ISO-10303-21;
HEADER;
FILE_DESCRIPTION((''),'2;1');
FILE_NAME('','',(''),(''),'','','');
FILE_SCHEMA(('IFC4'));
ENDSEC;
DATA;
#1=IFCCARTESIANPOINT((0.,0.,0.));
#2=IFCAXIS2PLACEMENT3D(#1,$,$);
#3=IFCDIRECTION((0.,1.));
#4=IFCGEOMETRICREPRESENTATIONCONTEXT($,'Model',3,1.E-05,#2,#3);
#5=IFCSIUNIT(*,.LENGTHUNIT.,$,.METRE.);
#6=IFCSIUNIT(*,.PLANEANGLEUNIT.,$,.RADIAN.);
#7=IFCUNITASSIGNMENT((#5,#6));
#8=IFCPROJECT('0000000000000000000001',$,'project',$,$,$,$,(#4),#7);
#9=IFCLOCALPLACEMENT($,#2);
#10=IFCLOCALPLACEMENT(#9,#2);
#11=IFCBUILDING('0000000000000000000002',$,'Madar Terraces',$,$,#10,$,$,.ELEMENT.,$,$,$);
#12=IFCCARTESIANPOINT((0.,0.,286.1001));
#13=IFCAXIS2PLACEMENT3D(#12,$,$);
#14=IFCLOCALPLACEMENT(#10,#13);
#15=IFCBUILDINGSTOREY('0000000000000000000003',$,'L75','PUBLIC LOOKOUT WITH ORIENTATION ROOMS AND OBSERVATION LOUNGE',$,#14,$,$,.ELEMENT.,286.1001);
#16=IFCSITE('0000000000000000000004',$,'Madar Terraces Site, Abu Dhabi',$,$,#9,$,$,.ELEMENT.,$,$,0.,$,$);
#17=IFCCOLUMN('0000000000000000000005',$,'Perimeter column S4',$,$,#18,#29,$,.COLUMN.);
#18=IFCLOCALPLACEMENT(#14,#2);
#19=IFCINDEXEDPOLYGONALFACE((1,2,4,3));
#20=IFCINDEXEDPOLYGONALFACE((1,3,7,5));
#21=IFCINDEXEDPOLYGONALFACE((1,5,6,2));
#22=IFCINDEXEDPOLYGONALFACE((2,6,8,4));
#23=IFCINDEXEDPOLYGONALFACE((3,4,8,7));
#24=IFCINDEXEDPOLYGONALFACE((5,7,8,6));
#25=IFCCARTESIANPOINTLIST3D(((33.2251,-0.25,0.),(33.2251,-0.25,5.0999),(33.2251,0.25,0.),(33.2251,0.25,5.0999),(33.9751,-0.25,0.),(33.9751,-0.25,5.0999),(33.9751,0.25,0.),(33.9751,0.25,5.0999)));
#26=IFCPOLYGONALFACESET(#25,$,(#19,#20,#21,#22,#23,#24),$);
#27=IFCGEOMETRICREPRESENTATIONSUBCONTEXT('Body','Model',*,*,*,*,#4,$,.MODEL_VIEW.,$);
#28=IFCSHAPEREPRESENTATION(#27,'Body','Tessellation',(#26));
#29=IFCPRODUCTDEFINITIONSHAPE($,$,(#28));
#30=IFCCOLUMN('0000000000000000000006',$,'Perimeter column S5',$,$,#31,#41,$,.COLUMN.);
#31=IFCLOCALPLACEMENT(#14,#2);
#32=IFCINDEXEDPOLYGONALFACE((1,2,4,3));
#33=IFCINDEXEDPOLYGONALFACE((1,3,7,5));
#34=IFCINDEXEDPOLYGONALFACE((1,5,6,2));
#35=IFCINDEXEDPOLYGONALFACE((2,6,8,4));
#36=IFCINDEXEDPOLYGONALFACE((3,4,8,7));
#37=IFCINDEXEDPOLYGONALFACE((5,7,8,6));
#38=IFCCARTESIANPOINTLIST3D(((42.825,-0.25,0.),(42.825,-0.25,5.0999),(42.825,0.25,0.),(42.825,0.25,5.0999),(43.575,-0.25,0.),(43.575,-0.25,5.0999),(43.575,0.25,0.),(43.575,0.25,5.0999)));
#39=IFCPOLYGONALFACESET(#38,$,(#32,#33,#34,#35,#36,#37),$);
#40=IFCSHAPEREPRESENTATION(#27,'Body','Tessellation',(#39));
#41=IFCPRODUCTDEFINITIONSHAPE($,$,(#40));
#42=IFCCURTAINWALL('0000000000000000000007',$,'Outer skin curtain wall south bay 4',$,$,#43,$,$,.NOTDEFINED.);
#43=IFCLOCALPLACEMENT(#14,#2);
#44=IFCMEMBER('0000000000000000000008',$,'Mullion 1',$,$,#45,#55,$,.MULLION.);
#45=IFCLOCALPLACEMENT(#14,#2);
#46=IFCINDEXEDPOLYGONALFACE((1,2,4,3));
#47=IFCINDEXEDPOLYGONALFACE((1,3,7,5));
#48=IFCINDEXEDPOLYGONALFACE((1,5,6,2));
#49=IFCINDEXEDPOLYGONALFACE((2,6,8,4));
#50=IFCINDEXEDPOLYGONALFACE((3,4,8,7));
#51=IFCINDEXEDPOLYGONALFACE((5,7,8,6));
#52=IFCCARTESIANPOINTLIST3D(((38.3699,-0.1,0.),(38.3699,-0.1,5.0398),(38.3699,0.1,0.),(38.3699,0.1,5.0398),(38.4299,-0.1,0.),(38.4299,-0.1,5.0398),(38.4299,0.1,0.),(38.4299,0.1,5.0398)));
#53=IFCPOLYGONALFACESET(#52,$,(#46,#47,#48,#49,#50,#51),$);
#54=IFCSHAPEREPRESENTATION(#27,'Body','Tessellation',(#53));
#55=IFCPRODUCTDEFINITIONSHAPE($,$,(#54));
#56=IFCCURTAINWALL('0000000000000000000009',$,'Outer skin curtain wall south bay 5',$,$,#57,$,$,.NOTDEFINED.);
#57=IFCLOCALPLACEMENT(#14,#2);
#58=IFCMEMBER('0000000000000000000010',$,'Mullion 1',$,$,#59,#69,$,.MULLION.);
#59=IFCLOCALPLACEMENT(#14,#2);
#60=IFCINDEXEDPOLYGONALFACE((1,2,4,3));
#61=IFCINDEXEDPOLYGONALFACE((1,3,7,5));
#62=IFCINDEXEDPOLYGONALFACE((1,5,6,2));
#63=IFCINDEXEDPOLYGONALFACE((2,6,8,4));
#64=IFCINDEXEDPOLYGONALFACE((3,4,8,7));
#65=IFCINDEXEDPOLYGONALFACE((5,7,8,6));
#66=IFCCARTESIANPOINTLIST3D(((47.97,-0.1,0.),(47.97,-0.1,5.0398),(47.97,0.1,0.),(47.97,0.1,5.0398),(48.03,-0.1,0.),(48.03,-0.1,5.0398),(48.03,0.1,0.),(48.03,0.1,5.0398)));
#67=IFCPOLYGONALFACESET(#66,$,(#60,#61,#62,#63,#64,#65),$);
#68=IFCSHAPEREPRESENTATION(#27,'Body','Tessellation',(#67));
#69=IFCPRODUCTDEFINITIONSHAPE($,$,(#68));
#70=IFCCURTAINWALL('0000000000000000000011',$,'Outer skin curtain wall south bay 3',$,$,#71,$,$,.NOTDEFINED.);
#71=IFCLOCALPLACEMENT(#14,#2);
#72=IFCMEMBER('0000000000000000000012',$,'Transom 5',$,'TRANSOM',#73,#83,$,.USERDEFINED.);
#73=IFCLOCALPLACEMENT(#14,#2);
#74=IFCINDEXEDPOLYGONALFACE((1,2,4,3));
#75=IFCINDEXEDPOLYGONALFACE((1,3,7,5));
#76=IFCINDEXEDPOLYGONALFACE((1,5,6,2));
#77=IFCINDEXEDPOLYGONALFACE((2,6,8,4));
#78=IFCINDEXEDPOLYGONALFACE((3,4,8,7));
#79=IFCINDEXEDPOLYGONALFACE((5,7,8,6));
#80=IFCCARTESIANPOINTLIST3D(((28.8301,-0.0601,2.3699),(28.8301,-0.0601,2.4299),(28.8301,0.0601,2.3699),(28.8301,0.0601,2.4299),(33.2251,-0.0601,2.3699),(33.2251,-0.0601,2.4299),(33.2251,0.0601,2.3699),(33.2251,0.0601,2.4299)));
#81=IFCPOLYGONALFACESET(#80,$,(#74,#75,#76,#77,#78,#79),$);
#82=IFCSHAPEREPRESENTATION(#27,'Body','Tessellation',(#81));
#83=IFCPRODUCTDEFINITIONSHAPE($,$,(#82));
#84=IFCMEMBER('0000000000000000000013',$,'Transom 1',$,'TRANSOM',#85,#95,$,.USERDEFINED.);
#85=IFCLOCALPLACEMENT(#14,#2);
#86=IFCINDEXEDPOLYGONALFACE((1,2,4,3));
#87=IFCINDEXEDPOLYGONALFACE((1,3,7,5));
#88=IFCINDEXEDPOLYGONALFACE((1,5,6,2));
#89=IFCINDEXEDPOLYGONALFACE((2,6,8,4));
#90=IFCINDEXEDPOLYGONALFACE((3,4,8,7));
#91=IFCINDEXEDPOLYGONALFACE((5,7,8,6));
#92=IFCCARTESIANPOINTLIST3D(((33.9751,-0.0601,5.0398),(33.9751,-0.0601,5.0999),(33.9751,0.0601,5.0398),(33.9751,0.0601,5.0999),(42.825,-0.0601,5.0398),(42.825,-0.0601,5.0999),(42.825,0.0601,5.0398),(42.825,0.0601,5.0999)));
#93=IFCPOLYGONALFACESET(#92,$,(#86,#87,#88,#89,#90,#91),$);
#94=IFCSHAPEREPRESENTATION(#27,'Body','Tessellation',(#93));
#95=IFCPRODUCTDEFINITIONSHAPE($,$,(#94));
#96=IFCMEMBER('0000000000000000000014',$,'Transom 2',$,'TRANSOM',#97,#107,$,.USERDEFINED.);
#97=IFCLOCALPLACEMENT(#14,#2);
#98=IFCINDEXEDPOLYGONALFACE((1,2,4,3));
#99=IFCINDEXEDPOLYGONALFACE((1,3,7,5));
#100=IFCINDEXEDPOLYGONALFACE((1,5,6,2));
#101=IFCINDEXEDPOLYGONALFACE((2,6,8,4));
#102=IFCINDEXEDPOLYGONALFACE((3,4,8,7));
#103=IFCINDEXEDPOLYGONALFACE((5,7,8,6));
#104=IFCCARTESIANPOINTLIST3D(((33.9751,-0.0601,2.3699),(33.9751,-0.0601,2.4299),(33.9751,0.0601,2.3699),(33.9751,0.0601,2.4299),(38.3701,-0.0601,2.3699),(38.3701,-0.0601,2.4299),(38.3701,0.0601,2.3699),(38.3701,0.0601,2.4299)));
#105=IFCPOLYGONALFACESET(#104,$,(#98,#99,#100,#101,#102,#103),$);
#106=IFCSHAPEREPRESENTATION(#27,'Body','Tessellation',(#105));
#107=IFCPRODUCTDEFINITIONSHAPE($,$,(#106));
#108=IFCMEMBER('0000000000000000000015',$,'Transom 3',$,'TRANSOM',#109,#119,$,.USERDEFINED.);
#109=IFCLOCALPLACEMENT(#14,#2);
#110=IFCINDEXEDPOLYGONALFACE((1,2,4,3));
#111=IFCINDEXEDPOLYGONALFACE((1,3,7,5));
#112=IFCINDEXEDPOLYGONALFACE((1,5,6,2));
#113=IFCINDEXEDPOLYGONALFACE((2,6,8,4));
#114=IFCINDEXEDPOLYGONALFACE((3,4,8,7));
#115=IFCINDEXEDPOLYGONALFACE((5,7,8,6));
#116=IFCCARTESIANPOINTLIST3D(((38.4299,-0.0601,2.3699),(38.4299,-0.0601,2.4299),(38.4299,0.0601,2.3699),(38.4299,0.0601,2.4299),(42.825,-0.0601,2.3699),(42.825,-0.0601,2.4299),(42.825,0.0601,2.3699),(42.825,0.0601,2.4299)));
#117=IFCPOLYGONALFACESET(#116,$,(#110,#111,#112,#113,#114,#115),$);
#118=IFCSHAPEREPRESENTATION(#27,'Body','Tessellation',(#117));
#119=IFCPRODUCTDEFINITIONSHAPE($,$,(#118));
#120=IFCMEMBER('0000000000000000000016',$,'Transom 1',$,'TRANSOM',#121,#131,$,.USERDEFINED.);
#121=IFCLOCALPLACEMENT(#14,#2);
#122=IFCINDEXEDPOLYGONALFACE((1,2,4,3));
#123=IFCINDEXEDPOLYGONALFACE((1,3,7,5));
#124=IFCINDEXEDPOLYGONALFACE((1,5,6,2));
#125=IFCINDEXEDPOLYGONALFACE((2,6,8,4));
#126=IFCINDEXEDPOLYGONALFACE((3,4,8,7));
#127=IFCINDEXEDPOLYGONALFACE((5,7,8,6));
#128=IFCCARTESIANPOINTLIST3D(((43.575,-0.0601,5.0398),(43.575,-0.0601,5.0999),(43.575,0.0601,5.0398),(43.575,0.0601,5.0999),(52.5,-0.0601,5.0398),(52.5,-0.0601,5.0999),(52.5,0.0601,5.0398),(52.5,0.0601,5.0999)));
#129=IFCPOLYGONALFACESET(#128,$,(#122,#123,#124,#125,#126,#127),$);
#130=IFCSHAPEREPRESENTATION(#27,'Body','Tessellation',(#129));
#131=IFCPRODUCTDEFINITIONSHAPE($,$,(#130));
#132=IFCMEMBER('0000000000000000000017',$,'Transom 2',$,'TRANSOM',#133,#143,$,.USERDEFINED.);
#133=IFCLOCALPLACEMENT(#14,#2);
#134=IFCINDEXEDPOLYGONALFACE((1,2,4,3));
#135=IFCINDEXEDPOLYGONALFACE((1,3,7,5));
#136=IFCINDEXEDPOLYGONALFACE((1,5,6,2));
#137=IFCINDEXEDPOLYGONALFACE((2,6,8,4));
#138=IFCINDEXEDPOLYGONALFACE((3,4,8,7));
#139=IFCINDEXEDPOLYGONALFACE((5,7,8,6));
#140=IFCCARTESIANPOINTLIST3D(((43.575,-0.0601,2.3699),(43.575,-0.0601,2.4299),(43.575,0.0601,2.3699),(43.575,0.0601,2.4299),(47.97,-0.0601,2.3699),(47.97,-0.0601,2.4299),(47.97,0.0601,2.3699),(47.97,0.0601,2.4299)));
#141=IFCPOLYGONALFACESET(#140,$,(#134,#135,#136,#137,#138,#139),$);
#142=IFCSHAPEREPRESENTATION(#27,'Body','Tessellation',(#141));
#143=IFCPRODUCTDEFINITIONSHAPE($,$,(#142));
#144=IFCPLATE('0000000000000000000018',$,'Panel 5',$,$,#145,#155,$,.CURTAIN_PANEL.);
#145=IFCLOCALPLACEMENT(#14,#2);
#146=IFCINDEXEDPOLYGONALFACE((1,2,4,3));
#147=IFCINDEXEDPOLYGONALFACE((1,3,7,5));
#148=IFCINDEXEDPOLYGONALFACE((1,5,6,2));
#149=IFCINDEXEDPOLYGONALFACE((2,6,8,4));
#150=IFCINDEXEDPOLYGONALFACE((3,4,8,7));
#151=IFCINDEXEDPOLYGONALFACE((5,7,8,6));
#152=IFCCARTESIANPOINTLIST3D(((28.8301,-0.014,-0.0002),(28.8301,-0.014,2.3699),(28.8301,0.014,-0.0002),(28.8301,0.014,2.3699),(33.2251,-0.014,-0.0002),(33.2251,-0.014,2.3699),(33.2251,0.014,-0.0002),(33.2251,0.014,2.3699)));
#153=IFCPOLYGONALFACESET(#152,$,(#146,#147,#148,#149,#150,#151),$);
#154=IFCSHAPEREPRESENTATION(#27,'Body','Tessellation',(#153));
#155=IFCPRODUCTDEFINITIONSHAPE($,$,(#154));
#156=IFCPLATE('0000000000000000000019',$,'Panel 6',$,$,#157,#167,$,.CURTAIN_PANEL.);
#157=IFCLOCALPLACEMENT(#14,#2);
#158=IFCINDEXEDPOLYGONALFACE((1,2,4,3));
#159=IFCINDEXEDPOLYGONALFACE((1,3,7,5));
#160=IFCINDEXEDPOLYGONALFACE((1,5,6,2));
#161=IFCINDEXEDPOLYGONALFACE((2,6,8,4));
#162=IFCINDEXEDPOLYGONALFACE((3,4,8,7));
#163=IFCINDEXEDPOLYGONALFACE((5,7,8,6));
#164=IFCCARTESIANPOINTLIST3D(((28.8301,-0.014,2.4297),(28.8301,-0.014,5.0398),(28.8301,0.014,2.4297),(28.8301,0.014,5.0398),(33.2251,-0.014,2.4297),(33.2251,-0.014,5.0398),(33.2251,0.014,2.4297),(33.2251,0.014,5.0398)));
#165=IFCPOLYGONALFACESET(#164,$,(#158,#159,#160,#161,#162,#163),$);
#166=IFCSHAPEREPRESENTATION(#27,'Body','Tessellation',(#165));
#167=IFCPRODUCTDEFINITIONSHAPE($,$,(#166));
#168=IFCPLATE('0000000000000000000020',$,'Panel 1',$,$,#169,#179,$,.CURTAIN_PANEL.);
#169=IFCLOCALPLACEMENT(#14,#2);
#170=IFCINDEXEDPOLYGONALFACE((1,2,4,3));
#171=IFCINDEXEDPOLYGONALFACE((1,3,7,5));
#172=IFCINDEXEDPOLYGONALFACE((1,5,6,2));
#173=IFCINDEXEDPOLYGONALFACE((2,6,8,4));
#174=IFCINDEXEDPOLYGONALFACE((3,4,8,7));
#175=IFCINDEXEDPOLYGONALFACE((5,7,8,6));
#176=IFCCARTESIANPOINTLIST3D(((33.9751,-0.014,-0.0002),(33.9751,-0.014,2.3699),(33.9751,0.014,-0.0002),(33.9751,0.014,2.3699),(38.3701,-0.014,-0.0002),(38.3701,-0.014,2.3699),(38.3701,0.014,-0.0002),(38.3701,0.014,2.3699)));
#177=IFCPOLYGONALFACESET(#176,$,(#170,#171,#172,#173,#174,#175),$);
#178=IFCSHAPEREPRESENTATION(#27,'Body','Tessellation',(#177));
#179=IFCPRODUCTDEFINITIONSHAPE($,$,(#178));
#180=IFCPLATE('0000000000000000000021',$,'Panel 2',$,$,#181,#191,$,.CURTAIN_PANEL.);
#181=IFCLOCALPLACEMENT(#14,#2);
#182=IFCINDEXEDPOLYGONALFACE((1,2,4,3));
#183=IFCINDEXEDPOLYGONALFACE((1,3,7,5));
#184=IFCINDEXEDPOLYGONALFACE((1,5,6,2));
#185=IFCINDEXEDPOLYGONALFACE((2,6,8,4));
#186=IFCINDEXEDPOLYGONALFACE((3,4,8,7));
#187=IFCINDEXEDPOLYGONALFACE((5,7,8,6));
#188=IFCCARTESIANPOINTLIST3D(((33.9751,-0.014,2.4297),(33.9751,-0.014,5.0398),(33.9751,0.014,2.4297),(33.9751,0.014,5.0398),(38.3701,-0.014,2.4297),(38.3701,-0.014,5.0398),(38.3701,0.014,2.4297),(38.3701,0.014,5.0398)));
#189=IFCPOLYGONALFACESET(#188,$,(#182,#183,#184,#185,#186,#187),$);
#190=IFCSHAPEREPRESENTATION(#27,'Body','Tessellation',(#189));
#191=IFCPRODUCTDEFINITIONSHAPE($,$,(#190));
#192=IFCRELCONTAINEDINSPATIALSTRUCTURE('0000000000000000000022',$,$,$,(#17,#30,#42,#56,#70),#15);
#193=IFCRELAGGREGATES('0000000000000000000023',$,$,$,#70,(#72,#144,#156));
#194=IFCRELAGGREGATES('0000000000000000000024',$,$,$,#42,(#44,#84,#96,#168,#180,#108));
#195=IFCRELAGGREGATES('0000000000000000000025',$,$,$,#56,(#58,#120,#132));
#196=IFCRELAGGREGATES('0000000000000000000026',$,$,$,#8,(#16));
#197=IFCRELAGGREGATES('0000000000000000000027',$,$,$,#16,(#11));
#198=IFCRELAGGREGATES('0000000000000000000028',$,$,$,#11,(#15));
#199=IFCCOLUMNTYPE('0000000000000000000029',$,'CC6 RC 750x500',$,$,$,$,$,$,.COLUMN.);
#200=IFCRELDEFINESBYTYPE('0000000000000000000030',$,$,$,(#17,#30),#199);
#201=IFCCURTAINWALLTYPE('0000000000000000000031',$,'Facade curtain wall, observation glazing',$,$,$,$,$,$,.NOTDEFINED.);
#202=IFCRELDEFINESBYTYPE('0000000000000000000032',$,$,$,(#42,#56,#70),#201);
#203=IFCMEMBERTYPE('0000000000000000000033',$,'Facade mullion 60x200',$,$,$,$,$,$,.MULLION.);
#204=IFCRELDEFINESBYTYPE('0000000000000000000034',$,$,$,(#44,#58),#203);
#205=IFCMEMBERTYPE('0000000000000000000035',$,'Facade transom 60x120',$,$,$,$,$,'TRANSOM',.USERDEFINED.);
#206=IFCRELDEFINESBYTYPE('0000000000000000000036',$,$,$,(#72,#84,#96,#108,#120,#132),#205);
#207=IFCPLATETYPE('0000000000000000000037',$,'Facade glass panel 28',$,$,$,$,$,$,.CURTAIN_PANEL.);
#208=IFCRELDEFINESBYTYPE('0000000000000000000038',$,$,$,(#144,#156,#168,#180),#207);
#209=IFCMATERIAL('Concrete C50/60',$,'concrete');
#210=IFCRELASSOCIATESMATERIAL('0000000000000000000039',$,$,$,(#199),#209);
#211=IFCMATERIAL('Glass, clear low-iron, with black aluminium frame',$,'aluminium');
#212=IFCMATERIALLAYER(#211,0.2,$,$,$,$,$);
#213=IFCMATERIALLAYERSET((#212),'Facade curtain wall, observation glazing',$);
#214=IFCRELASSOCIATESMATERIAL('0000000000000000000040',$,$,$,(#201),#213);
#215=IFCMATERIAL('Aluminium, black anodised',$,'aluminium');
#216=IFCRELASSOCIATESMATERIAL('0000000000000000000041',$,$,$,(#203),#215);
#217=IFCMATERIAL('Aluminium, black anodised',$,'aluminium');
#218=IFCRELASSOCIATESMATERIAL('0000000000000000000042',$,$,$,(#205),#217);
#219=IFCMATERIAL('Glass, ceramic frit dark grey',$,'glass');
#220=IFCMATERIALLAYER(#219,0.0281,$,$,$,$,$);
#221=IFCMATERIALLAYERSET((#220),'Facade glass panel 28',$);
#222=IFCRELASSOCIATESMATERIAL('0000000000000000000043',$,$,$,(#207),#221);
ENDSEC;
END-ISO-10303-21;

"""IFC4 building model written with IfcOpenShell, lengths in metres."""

from ifc_helpers import new_model, si_unit, direction, frame, origin, origin_2d, place, context, subcontext, project, spatial, rectangle, extrude, material, layer, layer_set, material_profile, profile_set, type_object, element, aggregate, save


model = new_model("IFC4")

# Units and contexts
model_context = context("Model", 3, precision=1e-05, world=origin(), true_north=direction((0.0, 1.0)))
body_context = subcontext(model_context, "Body", "Model", "MODEL_VIEW")
ifc_project = project(units=[si_unit("LENGTHUNIT", "METRE"), si_unit("PLANEANGLEUNIT", "RADIAN")], contexts=[model_context])

# Site, building, storey
site_placement = place(None, origin())
site = spatial("IfcSite", under=ifc_project, at=site_placement, Name="Madar Terraces Site, Abu Dhabi", CompositionType="ELEMENT", RefElevation=0.0)
building_placement = place(site_placement, origin())
building = spatial("IfcBuilding", under=site, at=building_placement, Name="Madar Terraces", CompositionType="ELEMENT")
storey_placement = place(building_placement, frame((0.0, 0.0, 286.1001)))
storey = spatial("IfcBuildingStorey", under=building, at=storey_placement, Name="L75", Description="PUBLIC LOOKOUT WITH ORIENTATION ROOMS AND OBSERVATION LOUNGE", CompositionType="ELEMENT", Elevation=286.1001)

# Columns
ifc_material_1 = material(Name="Concrete C50/60", Category="concrete")
ifc_material_profile_1 = material_profile(ifc_material_1, rectangle(XDim=0.75, YDim=0.5, at=origin_2d()), Name="CC6 RC 750x500")
ifc_profile_set_1 = profile_set([ifc_material_profile_1], Name="Concrete C50/60")
column_type = type_object("IfcColumnType", Name="CC6 RC 750x500", PredefinedType="COLUMN", material=ifc_profile_set_1)
for number, where, z_axis, x_axis, name in (
    (1, (33.6001, 0.0, 0.0), (0.0, 0.0, 1.0), (1.0, 0.0, 0.0), "Perimeter column S4"),
    (2, (43.2, 0.0, 0.0), (0.0, 0.0, 1.0), (1.0, 0.0, 0.0), "Perimeter column S5"),
):
    element("IfcColumn", number, at=place(storey_placement, frame(where, z_axis=z_axis, x_axis=x_axis)), inside=storey, type_object=column_type, Name=name, PredefinedType="COLUMN", context=body_context, shape_type="SweptSolid", body=[
        extrude(rectangle(XDim=0.75, YDim=0.5, at=origin_2d()), origin(), (0.0, 0.0, 1.0), 5.0999),
    ])

# Curtain walls, members
ifc_material_2 = material(Name="Glass, clear low-iron, with black aluminium frame", Category="aluminium")
ifc_layer_1 = layer(ifc_material_2, 0.2)
ifc_layer_set_1 = layer_set([ifc_layer_1], Name="Facade curtain wall, observation glazing")
curtain_wall_type = type_object("IfcCurtainWallType", Name="Facade curtain wall, observation glazing", PredefinedType="NOTDEFINED", material=ifc_layer_set_1)
curtain_wall_1_placement = place(storey_placement, origin())
curtain_wall_1 = element("IfcCurtainWall", 3, at=curtain_wall_1_placement, inside=storey, type_object=curtain_wall_type, Name="Outer skin curtain wall south bay 4", PredefinedType="NOTDEFINED")
ifc_material_3 = material(Name="Aluminium, black anodised", Category="aluminium")
ifc_material_profile_2 = material_profile(ifc_material_3, rectangle(XDim=0.2, YDim=0.0601, at=origin_2d()), Name="Facade mullion 60x200")
ifc_profile_set_2 = profile_set([ifc_material_profile_2], Name="Aluminium, black anodised")
member_type_1 = type_object("IfcMemberType", Name="Facade mullion 60x200", PredefinedType="MULLION", material=ifc_profile_set_2)
member_1_placement = place(storey_placement, frame((38.3999, 0.0, 0.0), z_axis=(0.0, 0.0, 1.0), x_axis=(0.0, 1.0, 0.0)))
member_1 = element("IfcMember", 4, at=member_1_placement, type_object=member_type_1, Name="Mullion 1", PredefinedType="MULLION", context=body_context, shape_type="SweptSolid", body=[
    extrude(rectangle(XDim=0.2, YDim=0.0601, at=origin_2d()), origin(), (0.0, 0.0, 1.0), 5.0398),
])
curtain_wall_2_placement = place(storey_placement, origin())
curtain_wall_2 = element("IfcCurtainWall", 5, at=curtain_wall_2_placement, inside=storey, type_object=curtain_wall_type, Name="Outer skin curtain wall south bay 5", PredefinedType="NOTDEFINED")
member_2_placement = place(storey_placement, frame((48.0, 0.0, 0.0), z_axis=(0.0, 0.0, 1.0), x_axis=(0.0, 1.0, 0.0)))
member_2 = element("IfcMember", 6, at=member_2_placement, type_object=member_type_1, Name="Mullion 1", PredefinedType="MULLION", context=body_context, shape_type="SweptSolid", body=[
    extrude(rectangle(XDim=0.2, YDim=0.0601, at=origin_2d()), origin(), (0.0, 0.0, 1.0), 5.0398),
])
curtain_wall_3_placement = place(storey_placement, origin())
curtain_wall_3 = element("IfcCurtainWall", 7, at=curtain_wall_3_placement, inside=storey, type_object=curtain_wall_type, Name="Outer skin curtain wall south bay 3", PredefinedType="NOTDEFINED")
ifc_material_4 = material(Name="Aluminium, black anodised", Category="aluminium")
ifc_material_profile_3 = material_profile(ifc_material_4, rectangle(XDim=0.1201, YDim=0.0601, at=origin_2d()), Name="Facade transom 60x120")
ifc_profile_set_3 = profile_set([ifc_material_profile_3], Name="Aluminium, black anodised")
member_type_2 = type_object("IfcMemberType", Name="Facade transom 60x120", ElementType="TRANSOM", PredefinedType="USERDEFINED", material=ifc_profile_set_3)
member_3_placement = place(storey_placement, frame((28.8301, 0.0, 2.3999), z_axis=(1.0, 0.0, 0.0), x_axis=(0.0, 1.0, 0.0)))
member_3 = element("IfcMember", 8, at=member_3_placement, type_object=member_type_2, Name="Transom 5", ObjectType="TRANSOM", PredefinedType="USERDEFINED", context=body_context, shape_type="SweptSolid", body=[
    extrude(rectangle(XDim=0.1201, YDim=0.0601, at=origin_2d()), origin(), (0.0, 0.0, 1.0), 4.395),
])

# Members
member_4_placement = place(storey_placement, frame((33.9751, 0.0, 5.0698), z_axis=(1.0, 0.0, 0.0), x_axis=(0.0, 1.0, 0.0)))
member_4 = element("IfcMember", 9, at=member_4_placement, type_object=member_type_2, Name="Transom 1", ObjectType="TRANSOM", PredefinedType="USERDEFINED", context=body_context, shape_type="SweptSolid", body=[
    extrude(rectangle(XDim=0.1201, YDim=0.0601, at=origin_2d()), origin(), (0.0, 0.0, 1.0), 8.8499),
])
member_5_placement = place(storey_placement, frame((33.9751, 0.0, 2.3999), z_axis=(1.0, 0.0, 0.0), x_axis=(0.0, 1.0, 0.0)))
member_5 = element("IfcMember", 10, at=member_5_placement, type_object=member_type_2, Name="Transom 2", ObjectType="TRANSOM", PredefinedType="USERDEFINED", context=body_context, shape_type="SweptSolid", body=[
    extrude(rectangle(XDim=0.1201, YDim=0.0601, at=origin_2d()), origin(), (0.0, 0.0, 1.0), 4.395),
])
member_6_placement = place(storey_placement, frame((38.4299, 0.0, 2.3999), z_axis=(1.0, 0.0, 0.0), x_axis=(0.0, 1.0, 0.0)))
member_6 = element("IfcMember", 11, at=member_6_placement, type_object=member_type_2, Name="Transom 3", ObjectType="TRANSOM", PredefinedType="USERDEFINED", context=body_context, shape_type="SweptSolid", body=[
    extrude(rectangle(XDim=0.1201, YDim=0.0601, at=origin_2d()), origin(), (0.0, 0.0, 1.0), 4.395),
])
member_7_placement = place(storey_placement, frame((43.575, 0.0, 5.0698), z_axis=(1.0, 0.0, 0.0), x_axis=(0.0, 1.0, 0.0)))
member_7 = element("IfcMember", 12, at=member_7_placement, type_object=member_type_2, Name="Transom 1", ObjectType="TRANSOM", PredefinedType="USERDEFINED", context=body_context, shape_type="SweptSolid", body=[
    extrude(rectangle(XDim=0.1201, YDim=0.0601, at=origin_2d()), origin(), (0.0, 0.0, 1.0), 8.925),
])
member_8_placement = place(storey_placement, frame((43.575, 0.0, 2.3999), z_axis=(1.0, 0.0, 0.0), x_axis=(0.0, 1.0, 0.0)))
member_8 = element("IfcMember", 13, at=member_8_placement, type_object=member_type_2, Name="Transom 2", ObjectType="TRANSOM", PredefinedType="USERDEFINED", context=body_context, shape_type="SweptSolid", body=[
    extrude(rectangle(XDim=0.1201, YDim=0.0601, at=origin_2d()), origin(), (0.0, 0.0, 1.0), 4.395),
])

# Plates
ifc_material_5 = material(Name="Glass, ceramic frit dark grey", Category="glass")
ifc_layer_2 = layer(ifc_material_5, 0.0281)
ifc_layer_set_2 = layer_set([ifc_layer_2], Name="Facade glass panel 28")
plate_type = type_object("IfcPlateType", Name="Facade glass panel 28", PredefinedType="CURTAIN_PANEL", material=ifc_layer_set_2)
plate_1_placement = place(storey_placement, frame((31.0276, 0.0, -0.0002), z_axis=(0.0, 0.0, 1.0), x_axis=(1.0, 0.0, 0.0)))
plate_1 = element("IfcPlate", 14, at=plate_1_placement, type_object=plate_type, Name="Panel 5", PredefinedType="CURTAIN_PANEL", context=body_context, shape_type="SweptSolid", body=[
    extrude(rectangle(XDim=4.395, YDim=0.0281, at=origin_2d()), origin(), (0.0, 0.0, 1.0), 2.3701),
])
plate_2_placement = place(storey_placement, frame((31.0276, 0.0, 2.4297), z_axis=(0.0, 0.0, 1.0), x_axis=(1.0, 0.0, 0.0)))
plate_2 = element("IfcPlate", 15, at=plate_2_placement, type_object=plate_type, Name="Panel 6", PredefinedType="CURTAIN_PANEL", context=body_context, shape_type="SweptSolid", body=[
    extrude(rectangle(XDim=4.395, YDim=0.0281, at=origin_2d()), origin(), (0.0, 0.0, 1.0), 2.6101),
])
aggregate(curtain_wall_3, [member_3, plate_1, plate_2])
plate_3_placement = place(storey_placement, frame((36.1726, 0.0, -0.0002), z_axis=(0.0, 0.0, 1.0), x_axis=(1.0, 0.0, 0.0)))
plate_3 = element("IfcPlate", 16, at=plate_3_placement, type_object=plate_type, Name="Panel 1", PredefinedType="CURTAIN_PANEL", context=body_context, shape_type="SweptSolid", body=[
    extrude(rectangle(XDim=4.395, YDim=0.0281, at=origin_2d()), origin(), (0.0, 0.0, 1.0), 2.3701),
])
plate_4_placement = place(storey_placement, frame((36.1726, 0.0, 2.4297), z_axis=(0.0, 0.0, 1.0), x_axis=(1.0, 0.0, 0.0)))
plate_4 = element("IfcPlate", 17, at=plate_4_placement, type_object=plate_type, Name="Panel 2", PredefinedType="CURTAIN_PANEL", context=body_context, shape_type="SweptSolid", body=[
    extrude(rectangle(XDim=4.395, YDim=0.0281, at=origin_2d()), origin(), (0.0, 0.0, 1.0), 2.6101),
])
aggregate(curtain_wall_1, [member_1, member_4, member_5, plate_3, plate_4, member_6])
aggregate(curtain_wall_2, [member_2, member_7, member_8])

save(model, "model.ifc")
